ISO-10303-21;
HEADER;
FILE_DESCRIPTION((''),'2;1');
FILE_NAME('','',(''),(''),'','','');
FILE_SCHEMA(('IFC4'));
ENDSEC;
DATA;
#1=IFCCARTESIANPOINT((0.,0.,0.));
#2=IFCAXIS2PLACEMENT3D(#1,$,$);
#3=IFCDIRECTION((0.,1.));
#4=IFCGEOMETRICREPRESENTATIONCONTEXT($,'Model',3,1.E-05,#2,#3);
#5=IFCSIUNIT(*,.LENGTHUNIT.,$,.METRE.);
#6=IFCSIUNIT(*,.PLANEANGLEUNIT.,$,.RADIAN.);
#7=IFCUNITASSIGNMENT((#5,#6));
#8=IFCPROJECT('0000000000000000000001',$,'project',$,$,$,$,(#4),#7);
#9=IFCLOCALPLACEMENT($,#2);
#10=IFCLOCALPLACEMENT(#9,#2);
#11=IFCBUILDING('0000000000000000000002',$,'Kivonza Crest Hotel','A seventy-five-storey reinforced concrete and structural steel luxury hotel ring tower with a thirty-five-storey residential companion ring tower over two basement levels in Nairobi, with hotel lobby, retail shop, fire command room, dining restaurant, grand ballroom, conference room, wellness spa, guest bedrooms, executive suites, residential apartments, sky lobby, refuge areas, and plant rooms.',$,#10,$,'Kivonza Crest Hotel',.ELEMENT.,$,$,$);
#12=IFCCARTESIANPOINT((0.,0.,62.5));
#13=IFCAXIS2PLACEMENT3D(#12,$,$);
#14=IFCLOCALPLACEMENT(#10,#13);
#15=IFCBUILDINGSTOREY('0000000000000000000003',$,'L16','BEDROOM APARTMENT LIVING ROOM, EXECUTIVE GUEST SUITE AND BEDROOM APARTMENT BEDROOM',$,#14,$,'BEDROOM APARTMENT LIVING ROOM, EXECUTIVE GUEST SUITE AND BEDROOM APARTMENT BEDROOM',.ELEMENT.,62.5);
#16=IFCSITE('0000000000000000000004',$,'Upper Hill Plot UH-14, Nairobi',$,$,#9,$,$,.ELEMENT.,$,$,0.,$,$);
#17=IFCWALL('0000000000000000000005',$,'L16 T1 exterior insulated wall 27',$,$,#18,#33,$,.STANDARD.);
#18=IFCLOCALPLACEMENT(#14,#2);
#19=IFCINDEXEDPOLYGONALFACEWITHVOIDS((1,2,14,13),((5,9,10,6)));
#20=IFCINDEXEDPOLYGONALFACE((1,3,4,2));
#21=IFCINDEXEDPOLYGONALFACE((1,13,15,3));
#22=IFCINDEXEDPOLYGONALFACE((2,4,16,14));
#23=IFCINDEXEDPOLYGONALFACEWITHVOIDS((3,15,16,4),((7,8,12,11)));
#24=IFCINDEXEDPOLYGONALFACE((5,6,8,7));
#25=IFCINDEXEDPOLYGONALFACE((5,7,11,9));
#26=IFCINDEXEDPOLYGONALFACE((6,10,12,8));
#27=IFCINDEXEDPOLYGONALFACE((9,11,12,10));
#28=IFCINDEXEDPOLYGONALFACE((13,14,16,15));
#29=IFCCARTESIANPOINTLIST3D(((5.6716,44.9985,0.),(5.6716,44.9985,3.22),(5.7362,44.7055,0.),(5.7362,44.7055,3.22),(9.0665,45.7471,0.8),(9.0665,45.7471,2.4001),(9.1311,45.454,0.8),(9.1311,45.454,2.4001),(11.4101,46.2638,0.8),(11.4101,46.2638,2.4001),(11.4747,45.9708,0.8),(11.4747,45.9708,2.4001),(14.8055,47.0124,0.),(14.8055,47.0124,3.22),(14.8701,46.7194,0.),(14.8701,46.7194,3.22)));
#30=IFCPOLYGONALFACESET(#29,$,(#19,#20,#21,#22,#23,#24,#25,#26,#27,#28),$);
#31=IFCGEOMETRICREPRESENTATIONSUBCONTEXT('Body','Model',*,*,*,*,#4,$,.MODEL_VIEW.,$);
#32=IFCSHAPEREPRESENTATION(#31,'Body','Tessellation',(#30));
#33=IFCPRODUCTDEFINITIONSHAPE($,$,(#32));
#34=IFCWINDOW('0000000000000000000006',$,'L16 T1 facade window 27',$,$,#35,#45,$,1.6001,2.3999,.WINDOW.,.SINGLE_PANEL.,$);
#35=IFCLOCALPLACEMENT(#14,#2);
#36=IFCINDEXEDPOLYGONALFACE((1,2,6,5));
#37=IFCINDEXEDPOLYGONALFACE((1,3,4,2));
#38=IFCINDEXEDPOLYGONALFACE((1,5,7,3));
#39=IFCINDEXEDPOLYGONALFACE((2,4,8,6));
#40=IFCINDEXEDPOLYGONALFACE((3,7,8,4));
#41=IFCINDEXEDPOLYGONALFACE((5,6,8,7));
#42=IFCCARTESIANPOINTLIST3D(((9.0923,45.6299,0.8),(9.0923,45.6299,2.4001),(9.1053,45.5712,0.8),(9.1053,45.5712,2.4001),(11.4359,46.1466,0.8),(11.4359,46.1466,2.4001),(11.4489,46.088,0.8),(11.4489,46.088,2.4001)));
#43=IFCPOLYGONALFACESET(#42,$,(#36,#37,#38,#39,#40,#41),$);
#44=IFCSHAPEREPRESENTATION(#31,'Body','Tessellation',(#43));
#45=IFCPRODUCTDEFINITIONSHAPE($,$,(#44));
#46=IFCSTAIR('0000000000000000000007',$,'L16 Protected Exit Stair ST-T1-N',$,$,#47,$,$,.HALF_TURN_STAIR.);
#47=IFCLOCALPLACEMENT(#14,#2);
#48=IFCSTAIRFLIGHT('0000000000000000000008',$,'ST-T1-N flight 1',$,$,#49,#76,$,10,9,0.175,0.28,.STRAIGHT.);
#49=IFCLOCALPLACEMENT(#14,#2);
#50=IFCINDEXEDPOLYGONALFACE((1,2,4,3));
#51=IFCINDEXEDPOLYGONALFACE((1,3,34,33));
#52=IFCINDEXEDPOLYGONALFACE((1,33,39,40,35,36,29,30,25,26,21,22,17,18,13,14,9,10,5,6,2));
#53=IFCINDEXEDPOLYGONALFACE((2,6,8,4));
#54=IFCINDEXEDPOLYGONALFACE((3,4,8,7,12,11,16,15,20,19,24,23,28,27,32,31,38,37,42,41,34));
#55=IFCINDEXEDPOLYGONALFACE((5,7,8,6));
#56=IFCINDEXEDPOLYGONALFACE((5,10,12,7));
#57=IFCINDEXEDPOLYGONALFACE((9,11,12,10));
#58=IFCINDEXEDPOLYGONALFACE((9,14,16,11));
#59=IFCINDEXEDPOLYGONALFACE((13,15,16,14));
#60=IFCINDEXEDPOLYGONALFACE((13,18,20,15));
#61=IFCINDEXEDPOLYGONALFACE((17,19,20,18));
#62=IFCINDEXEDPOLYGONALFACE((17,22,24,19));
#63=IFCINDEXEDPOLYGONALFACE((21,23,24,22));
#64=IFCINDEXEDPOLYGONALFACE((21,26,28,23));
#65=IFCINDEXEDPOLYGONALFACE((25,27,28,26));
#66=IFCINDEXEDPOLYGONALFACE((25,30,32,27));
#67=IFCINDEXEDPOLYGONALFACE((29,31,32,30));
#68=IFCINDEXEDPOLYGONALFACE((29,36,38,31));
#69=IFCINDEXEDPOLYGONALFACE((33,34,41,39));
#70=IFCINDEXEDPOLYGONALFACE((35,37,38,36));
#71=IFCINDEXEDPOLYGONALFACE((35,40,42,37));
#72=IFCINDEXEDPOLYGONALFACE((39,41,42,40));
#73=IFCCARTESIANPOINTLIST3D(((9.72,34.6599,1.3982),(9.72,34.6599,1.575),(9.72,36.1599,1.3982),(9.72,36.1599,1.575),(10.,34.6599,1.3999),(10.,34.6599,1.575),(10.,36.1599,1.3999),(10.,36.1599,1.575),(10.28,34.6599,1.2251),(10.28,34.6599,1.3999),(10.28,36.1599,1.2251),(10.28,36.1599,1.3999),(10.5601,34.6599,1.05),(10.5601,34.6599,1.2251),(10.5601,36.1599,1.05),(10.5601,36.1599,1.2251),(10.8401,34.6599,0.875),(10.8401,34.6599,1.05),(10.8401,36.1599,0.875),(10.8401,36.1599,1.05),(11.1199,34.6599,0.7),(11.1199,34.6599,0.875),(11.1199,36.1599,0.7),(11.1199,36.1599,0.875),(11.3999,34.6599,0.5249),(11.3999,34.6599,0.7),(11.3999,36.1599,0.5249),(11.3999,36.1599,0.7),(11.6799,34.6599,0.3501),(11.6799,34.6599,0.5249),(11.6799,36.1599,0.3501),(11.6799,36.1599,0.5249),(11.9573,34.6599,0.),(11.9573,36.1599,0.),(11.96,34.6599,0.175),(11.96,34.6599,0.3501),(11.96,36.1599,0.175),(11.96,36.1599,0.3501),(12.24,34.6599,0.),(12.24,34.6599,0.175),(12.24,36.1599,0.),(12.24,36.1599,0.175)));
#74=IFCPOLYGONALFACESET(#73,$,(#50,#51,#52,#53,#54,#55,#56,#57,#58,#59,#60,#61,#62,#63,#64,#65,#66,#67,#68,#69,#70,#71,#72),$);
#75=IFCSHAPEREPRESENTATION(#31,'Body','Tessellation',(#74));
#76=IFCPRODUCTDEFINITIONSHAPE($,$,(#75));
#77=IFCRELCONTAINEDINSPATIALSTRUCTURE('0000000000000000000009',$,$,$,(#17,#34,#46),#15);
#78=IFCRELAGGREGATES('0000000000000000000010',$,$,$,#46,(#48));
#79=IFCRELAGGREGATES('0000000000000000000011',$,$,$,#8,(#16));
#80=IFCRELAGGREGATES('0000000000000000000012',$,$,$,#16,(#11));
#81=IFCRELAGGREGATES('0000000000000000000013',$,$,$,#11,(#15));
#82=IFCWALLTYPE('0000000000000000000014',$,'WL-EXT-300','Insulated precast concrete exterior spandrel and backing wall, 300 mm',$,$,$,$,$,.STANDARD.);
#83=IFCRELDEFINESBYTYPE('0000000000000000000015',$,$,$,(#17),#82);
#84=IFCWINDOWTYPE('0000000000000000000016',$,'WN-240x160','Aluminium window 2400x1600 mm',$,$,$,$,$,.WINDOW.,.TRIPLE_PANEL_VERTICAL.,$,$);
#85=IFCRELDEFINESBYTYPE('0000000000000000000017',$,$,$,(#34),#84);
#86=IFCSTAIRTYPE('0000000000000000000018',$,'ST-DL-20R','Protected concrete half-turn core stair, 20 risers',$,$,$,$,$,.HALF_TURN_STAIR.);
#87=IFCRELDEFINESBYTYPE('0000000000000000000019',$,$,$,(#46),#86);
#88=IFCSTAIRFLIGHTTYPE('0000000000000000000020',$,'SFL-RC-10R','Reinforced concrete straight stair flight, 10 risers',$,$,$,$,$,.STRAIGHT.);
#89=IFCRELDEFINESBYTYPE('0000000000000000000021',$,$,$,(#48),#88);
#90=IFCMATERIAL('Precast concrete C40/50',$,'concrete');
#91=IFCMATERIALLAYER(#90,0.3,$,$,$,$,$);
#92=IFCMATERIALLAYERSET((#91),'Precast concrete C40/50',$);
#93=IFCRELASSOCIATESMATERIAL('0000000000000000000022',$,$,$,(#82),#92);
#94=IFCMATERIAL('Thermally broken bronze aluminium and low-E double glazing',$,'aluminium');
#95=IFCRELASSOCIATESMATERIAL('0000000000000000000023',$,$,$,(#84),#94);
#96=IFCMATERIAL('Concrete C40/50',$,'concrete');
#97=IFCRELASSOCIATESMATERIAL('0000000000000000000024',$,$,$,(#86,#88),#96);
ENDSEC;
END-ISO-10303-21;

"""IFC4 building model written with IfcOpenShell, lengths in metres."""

from ifc_helpers import new_model, si_unit, direction, frame, frame_2d, origin, place, context, subcontext, project, spatial, polyline, rectangle, outline, extrude, material, layer, layer_set, type_object, element, fill, aggregate, save


model = new_model("IFC4")

# Units and contexts
model_context = context("Model", 3, precision=1e-05, world=origin(), true_north=direction((0.0, 1.0)))
body_context = subcontext(model_context, "Body", "Model", "MODEL_VIEW")
ifc_project = project(units=[si_unit("LENGTHUNIT", "METRE"), si_unit("PLANEANGLEUNIT", "RADIAN")], contexts=[model_context])

# Site, building, storey
site_placement = place(None, origin())
site = spatial("IfcSite", under=ifc_project, at=site_placement, Name="Upper Hill Plot UH-14, Nairobi", CompositionType="ELEMENT", RefElevation=0.0)
building_placement = place(site_placement, origin())
building = spatial("IfcBuilding", under=site, at=building_placement, Name="Kivonza Crest Hotel", Description="A seventy-five-storey reinforced concrete and structural steel luxury hotel ring tower with a thirty-five-storey residential companion ring tower over two basement levels in Nairobi, with hotel lobby, retail shop, fire command room, dining restaurant, grand ballroom, conference room, wellness spa, guest bedrooms, executive suites, residential apartments, sky lobby, refuge areas, and plant rooms.", LongName="Kivonza Crest Hotel", CompositionType="ELEMENT")
storey_placement = place(building_placement, frame((0.0, 0.0, 62.5)))
storey = spatial("IfcBuildingStorey", under=building, at=storey_placement, Name="L16", Description="BEDROOM APARTMENT LIVING ROOM, EXECUTIVE GUEST SUITE AND BEDROOM APARTMENT BEDROOM", LongName="BEDROOM APARTMENT LIVING ROOM, EXECUTIVE GUEST SUITE AND BEDROOM APARTMENT BEDROOM", CompositionType="ELEMENT", Elevation=62.5)

# Wall, opening, window
ifc_material_1 = material(Name="Precast concrete C40/50", Category="concrete")
ifc_layer_1 = layer(ifc_material_1, 0.3)
ifc_layer_set_1 = layer_set([ifc_layer_1], Name="Precast concrete C40/50")
wall_type_1 = type_object("IfcWallType", Name="WL-EXT-300", Description="Insulated precast concrete exterior spandrel and backing wall, 300 mm", PredefinedType="STANDARD", material=ifc_layer_set_1)
wall_1_placement = place(storey_placement, frame((14.8379, 46.866, 0.0), z_axis=(0.0, 0.0, 1.0), x_axis=(-0.976544, -0.215319, 0.0)))
wall_1 = element("IfcWall", 1, at=wall_1_placement, inside=storey, type_object=wall_type_1, Name="L16 T1 exterior insulated wall 27", PredefinedType="STANDARD", context=body_context, shape_type="SweptSolid", body=[
    extrude(rectangle(XDim=9.3533, YDim=0.3, at=frame_2d((4.6768, 0.0))), origin(), (0.0, 0.0, 1.0), 3.22),
])
opening_1_placement = place(wall_1_placement, frame((3.4771, 0.0, 0.8)))
opening_1 = element("IfcOpeningElement", 2, at=opening_1_placement, cuts=wall_1, PredefinedType="OPENING", context=body_context, shape_type="SweptSolid", body=[
    extrude(rectangle(XDim=2.3999, YDim=1.6001, at=frame_2d((1.2, 0.8))), frame((0.0, 0.1602, 0.0), z_axis=(0.0, -1.0, 0.0), x_axis=(1.0, 0.0, 0.0)), (0.0, 0.0, 1.0), 0.3201),
])
ifc_material_2 = material(Name="Thermally broken bronze aluminium and low-E double glazing", Category="aluminium")
window_type = type_object("IfcWindowType", Name="WN-240x160", Description="Aluminium window 2400x1600 mm", PartitioningType="TRIPLE_PANEL_VERTICAL", PredefinedType="WINDOW", material=ifc_material_2)
window_placement = place(opening_1_placement, origin())
window = element("IfcWindow", 3, at=window_placement, inside=storey, type_object=window_type, Name="L16 T1 facade window 27", OverallHeight=1.6001, OverallWidth=2.3999, PartitioningType="SINGLE_PANEL", PredefinedType="WINDOW", context=body_context, shape_type="SweptSolid", body=[
    extrude(rectangle(XDim=2.3999, YDim=1.6001, at=frame_2d((1.2, 0.8))), frame((0.0, 0.03, 0.0), z_axis=(0.0, -1.0, 0.0), x_axis=(1.0, 0.0, 0.0)), (0.0, 0.0, 1.0), 0.0601),
])
fill(opening_1, window)

# Stair, stair flight
ifc_material_3 = material(Name="Concrete C40/50", Category="concrete")
stair_type = type_object("IfcStairType", Name="ST-DL-20R", Description="Protected concrete half-turn core stair, 20 risers", PredefinedType="HALF_TURN_STAIR", material=ifc_material_3)
stair_placement = place(storey_placement, origin())
stair = element("IfcStair", 4, at=stair_placement, inside=storey, type_object=stair_type, Name="L16 Protected Exit Stair ST-T1-N", PredefinedType="HALF_TURN_STAIR")
stair_flight_type = type_object("IfcStairFlightType", Name="SFL-RC-10R", Description="Reinforced concrete straight stair flight, 10 risers", PredefinedType="STRAIGHT", material=ifc_material_3)
stair_flight_placement = place(storey_placement, frame((12.24, 35.4099, 0.0), z_axis=(0.0, 0.0, 1.0), x_axis=(-1.0, 0.0, 0.0)))
stair_flight = element("IfcStairFlight", 5, at=stair_flight_placement, type_object=stair_flight_type, Name="ST-T1-N flight 1", NumberOfRisers=10, NumberOfTreads=9, PredefinedType="STRAIGHT", RiserHeight=0.175, TreadLength=0.28, context=body_context, shape_type="SweptSolid", body=[
    extrude(outline(polyline([(0.0, 0.0), (0.0, 0.175), (0.28, 0.175), (0.28, 0.3501), (0.5601, 0.3501), (0.5601, 0.5249), (0.8401, 0.5249), (0.8401, 0.7), (1.1201, 0.7), (1.1201, 0.875), (1.3999, 0.875), (1.3999, 1.05), (1.6799, 1.05), (1.6799, 1.2251), (1.96, 1.2251), (1.96, 1.3999), (2.24, 1.3999), (2.24, 1.575), (2.52, 1.575), (2.52, 1.75), (2.52, 1.3982), (0.2827, 0.0), (0.0, 0.0)])), frame((0.0, 0.75, 0.0), z_axis=(0.0, -1.0, 0.0), x_axis=(1.0, 0.0, 0.0)), (0.0, 0.0, 1.0), 1.5),
])
aggregate(stair, [stair_flight])

save(model, "model.ifc")
